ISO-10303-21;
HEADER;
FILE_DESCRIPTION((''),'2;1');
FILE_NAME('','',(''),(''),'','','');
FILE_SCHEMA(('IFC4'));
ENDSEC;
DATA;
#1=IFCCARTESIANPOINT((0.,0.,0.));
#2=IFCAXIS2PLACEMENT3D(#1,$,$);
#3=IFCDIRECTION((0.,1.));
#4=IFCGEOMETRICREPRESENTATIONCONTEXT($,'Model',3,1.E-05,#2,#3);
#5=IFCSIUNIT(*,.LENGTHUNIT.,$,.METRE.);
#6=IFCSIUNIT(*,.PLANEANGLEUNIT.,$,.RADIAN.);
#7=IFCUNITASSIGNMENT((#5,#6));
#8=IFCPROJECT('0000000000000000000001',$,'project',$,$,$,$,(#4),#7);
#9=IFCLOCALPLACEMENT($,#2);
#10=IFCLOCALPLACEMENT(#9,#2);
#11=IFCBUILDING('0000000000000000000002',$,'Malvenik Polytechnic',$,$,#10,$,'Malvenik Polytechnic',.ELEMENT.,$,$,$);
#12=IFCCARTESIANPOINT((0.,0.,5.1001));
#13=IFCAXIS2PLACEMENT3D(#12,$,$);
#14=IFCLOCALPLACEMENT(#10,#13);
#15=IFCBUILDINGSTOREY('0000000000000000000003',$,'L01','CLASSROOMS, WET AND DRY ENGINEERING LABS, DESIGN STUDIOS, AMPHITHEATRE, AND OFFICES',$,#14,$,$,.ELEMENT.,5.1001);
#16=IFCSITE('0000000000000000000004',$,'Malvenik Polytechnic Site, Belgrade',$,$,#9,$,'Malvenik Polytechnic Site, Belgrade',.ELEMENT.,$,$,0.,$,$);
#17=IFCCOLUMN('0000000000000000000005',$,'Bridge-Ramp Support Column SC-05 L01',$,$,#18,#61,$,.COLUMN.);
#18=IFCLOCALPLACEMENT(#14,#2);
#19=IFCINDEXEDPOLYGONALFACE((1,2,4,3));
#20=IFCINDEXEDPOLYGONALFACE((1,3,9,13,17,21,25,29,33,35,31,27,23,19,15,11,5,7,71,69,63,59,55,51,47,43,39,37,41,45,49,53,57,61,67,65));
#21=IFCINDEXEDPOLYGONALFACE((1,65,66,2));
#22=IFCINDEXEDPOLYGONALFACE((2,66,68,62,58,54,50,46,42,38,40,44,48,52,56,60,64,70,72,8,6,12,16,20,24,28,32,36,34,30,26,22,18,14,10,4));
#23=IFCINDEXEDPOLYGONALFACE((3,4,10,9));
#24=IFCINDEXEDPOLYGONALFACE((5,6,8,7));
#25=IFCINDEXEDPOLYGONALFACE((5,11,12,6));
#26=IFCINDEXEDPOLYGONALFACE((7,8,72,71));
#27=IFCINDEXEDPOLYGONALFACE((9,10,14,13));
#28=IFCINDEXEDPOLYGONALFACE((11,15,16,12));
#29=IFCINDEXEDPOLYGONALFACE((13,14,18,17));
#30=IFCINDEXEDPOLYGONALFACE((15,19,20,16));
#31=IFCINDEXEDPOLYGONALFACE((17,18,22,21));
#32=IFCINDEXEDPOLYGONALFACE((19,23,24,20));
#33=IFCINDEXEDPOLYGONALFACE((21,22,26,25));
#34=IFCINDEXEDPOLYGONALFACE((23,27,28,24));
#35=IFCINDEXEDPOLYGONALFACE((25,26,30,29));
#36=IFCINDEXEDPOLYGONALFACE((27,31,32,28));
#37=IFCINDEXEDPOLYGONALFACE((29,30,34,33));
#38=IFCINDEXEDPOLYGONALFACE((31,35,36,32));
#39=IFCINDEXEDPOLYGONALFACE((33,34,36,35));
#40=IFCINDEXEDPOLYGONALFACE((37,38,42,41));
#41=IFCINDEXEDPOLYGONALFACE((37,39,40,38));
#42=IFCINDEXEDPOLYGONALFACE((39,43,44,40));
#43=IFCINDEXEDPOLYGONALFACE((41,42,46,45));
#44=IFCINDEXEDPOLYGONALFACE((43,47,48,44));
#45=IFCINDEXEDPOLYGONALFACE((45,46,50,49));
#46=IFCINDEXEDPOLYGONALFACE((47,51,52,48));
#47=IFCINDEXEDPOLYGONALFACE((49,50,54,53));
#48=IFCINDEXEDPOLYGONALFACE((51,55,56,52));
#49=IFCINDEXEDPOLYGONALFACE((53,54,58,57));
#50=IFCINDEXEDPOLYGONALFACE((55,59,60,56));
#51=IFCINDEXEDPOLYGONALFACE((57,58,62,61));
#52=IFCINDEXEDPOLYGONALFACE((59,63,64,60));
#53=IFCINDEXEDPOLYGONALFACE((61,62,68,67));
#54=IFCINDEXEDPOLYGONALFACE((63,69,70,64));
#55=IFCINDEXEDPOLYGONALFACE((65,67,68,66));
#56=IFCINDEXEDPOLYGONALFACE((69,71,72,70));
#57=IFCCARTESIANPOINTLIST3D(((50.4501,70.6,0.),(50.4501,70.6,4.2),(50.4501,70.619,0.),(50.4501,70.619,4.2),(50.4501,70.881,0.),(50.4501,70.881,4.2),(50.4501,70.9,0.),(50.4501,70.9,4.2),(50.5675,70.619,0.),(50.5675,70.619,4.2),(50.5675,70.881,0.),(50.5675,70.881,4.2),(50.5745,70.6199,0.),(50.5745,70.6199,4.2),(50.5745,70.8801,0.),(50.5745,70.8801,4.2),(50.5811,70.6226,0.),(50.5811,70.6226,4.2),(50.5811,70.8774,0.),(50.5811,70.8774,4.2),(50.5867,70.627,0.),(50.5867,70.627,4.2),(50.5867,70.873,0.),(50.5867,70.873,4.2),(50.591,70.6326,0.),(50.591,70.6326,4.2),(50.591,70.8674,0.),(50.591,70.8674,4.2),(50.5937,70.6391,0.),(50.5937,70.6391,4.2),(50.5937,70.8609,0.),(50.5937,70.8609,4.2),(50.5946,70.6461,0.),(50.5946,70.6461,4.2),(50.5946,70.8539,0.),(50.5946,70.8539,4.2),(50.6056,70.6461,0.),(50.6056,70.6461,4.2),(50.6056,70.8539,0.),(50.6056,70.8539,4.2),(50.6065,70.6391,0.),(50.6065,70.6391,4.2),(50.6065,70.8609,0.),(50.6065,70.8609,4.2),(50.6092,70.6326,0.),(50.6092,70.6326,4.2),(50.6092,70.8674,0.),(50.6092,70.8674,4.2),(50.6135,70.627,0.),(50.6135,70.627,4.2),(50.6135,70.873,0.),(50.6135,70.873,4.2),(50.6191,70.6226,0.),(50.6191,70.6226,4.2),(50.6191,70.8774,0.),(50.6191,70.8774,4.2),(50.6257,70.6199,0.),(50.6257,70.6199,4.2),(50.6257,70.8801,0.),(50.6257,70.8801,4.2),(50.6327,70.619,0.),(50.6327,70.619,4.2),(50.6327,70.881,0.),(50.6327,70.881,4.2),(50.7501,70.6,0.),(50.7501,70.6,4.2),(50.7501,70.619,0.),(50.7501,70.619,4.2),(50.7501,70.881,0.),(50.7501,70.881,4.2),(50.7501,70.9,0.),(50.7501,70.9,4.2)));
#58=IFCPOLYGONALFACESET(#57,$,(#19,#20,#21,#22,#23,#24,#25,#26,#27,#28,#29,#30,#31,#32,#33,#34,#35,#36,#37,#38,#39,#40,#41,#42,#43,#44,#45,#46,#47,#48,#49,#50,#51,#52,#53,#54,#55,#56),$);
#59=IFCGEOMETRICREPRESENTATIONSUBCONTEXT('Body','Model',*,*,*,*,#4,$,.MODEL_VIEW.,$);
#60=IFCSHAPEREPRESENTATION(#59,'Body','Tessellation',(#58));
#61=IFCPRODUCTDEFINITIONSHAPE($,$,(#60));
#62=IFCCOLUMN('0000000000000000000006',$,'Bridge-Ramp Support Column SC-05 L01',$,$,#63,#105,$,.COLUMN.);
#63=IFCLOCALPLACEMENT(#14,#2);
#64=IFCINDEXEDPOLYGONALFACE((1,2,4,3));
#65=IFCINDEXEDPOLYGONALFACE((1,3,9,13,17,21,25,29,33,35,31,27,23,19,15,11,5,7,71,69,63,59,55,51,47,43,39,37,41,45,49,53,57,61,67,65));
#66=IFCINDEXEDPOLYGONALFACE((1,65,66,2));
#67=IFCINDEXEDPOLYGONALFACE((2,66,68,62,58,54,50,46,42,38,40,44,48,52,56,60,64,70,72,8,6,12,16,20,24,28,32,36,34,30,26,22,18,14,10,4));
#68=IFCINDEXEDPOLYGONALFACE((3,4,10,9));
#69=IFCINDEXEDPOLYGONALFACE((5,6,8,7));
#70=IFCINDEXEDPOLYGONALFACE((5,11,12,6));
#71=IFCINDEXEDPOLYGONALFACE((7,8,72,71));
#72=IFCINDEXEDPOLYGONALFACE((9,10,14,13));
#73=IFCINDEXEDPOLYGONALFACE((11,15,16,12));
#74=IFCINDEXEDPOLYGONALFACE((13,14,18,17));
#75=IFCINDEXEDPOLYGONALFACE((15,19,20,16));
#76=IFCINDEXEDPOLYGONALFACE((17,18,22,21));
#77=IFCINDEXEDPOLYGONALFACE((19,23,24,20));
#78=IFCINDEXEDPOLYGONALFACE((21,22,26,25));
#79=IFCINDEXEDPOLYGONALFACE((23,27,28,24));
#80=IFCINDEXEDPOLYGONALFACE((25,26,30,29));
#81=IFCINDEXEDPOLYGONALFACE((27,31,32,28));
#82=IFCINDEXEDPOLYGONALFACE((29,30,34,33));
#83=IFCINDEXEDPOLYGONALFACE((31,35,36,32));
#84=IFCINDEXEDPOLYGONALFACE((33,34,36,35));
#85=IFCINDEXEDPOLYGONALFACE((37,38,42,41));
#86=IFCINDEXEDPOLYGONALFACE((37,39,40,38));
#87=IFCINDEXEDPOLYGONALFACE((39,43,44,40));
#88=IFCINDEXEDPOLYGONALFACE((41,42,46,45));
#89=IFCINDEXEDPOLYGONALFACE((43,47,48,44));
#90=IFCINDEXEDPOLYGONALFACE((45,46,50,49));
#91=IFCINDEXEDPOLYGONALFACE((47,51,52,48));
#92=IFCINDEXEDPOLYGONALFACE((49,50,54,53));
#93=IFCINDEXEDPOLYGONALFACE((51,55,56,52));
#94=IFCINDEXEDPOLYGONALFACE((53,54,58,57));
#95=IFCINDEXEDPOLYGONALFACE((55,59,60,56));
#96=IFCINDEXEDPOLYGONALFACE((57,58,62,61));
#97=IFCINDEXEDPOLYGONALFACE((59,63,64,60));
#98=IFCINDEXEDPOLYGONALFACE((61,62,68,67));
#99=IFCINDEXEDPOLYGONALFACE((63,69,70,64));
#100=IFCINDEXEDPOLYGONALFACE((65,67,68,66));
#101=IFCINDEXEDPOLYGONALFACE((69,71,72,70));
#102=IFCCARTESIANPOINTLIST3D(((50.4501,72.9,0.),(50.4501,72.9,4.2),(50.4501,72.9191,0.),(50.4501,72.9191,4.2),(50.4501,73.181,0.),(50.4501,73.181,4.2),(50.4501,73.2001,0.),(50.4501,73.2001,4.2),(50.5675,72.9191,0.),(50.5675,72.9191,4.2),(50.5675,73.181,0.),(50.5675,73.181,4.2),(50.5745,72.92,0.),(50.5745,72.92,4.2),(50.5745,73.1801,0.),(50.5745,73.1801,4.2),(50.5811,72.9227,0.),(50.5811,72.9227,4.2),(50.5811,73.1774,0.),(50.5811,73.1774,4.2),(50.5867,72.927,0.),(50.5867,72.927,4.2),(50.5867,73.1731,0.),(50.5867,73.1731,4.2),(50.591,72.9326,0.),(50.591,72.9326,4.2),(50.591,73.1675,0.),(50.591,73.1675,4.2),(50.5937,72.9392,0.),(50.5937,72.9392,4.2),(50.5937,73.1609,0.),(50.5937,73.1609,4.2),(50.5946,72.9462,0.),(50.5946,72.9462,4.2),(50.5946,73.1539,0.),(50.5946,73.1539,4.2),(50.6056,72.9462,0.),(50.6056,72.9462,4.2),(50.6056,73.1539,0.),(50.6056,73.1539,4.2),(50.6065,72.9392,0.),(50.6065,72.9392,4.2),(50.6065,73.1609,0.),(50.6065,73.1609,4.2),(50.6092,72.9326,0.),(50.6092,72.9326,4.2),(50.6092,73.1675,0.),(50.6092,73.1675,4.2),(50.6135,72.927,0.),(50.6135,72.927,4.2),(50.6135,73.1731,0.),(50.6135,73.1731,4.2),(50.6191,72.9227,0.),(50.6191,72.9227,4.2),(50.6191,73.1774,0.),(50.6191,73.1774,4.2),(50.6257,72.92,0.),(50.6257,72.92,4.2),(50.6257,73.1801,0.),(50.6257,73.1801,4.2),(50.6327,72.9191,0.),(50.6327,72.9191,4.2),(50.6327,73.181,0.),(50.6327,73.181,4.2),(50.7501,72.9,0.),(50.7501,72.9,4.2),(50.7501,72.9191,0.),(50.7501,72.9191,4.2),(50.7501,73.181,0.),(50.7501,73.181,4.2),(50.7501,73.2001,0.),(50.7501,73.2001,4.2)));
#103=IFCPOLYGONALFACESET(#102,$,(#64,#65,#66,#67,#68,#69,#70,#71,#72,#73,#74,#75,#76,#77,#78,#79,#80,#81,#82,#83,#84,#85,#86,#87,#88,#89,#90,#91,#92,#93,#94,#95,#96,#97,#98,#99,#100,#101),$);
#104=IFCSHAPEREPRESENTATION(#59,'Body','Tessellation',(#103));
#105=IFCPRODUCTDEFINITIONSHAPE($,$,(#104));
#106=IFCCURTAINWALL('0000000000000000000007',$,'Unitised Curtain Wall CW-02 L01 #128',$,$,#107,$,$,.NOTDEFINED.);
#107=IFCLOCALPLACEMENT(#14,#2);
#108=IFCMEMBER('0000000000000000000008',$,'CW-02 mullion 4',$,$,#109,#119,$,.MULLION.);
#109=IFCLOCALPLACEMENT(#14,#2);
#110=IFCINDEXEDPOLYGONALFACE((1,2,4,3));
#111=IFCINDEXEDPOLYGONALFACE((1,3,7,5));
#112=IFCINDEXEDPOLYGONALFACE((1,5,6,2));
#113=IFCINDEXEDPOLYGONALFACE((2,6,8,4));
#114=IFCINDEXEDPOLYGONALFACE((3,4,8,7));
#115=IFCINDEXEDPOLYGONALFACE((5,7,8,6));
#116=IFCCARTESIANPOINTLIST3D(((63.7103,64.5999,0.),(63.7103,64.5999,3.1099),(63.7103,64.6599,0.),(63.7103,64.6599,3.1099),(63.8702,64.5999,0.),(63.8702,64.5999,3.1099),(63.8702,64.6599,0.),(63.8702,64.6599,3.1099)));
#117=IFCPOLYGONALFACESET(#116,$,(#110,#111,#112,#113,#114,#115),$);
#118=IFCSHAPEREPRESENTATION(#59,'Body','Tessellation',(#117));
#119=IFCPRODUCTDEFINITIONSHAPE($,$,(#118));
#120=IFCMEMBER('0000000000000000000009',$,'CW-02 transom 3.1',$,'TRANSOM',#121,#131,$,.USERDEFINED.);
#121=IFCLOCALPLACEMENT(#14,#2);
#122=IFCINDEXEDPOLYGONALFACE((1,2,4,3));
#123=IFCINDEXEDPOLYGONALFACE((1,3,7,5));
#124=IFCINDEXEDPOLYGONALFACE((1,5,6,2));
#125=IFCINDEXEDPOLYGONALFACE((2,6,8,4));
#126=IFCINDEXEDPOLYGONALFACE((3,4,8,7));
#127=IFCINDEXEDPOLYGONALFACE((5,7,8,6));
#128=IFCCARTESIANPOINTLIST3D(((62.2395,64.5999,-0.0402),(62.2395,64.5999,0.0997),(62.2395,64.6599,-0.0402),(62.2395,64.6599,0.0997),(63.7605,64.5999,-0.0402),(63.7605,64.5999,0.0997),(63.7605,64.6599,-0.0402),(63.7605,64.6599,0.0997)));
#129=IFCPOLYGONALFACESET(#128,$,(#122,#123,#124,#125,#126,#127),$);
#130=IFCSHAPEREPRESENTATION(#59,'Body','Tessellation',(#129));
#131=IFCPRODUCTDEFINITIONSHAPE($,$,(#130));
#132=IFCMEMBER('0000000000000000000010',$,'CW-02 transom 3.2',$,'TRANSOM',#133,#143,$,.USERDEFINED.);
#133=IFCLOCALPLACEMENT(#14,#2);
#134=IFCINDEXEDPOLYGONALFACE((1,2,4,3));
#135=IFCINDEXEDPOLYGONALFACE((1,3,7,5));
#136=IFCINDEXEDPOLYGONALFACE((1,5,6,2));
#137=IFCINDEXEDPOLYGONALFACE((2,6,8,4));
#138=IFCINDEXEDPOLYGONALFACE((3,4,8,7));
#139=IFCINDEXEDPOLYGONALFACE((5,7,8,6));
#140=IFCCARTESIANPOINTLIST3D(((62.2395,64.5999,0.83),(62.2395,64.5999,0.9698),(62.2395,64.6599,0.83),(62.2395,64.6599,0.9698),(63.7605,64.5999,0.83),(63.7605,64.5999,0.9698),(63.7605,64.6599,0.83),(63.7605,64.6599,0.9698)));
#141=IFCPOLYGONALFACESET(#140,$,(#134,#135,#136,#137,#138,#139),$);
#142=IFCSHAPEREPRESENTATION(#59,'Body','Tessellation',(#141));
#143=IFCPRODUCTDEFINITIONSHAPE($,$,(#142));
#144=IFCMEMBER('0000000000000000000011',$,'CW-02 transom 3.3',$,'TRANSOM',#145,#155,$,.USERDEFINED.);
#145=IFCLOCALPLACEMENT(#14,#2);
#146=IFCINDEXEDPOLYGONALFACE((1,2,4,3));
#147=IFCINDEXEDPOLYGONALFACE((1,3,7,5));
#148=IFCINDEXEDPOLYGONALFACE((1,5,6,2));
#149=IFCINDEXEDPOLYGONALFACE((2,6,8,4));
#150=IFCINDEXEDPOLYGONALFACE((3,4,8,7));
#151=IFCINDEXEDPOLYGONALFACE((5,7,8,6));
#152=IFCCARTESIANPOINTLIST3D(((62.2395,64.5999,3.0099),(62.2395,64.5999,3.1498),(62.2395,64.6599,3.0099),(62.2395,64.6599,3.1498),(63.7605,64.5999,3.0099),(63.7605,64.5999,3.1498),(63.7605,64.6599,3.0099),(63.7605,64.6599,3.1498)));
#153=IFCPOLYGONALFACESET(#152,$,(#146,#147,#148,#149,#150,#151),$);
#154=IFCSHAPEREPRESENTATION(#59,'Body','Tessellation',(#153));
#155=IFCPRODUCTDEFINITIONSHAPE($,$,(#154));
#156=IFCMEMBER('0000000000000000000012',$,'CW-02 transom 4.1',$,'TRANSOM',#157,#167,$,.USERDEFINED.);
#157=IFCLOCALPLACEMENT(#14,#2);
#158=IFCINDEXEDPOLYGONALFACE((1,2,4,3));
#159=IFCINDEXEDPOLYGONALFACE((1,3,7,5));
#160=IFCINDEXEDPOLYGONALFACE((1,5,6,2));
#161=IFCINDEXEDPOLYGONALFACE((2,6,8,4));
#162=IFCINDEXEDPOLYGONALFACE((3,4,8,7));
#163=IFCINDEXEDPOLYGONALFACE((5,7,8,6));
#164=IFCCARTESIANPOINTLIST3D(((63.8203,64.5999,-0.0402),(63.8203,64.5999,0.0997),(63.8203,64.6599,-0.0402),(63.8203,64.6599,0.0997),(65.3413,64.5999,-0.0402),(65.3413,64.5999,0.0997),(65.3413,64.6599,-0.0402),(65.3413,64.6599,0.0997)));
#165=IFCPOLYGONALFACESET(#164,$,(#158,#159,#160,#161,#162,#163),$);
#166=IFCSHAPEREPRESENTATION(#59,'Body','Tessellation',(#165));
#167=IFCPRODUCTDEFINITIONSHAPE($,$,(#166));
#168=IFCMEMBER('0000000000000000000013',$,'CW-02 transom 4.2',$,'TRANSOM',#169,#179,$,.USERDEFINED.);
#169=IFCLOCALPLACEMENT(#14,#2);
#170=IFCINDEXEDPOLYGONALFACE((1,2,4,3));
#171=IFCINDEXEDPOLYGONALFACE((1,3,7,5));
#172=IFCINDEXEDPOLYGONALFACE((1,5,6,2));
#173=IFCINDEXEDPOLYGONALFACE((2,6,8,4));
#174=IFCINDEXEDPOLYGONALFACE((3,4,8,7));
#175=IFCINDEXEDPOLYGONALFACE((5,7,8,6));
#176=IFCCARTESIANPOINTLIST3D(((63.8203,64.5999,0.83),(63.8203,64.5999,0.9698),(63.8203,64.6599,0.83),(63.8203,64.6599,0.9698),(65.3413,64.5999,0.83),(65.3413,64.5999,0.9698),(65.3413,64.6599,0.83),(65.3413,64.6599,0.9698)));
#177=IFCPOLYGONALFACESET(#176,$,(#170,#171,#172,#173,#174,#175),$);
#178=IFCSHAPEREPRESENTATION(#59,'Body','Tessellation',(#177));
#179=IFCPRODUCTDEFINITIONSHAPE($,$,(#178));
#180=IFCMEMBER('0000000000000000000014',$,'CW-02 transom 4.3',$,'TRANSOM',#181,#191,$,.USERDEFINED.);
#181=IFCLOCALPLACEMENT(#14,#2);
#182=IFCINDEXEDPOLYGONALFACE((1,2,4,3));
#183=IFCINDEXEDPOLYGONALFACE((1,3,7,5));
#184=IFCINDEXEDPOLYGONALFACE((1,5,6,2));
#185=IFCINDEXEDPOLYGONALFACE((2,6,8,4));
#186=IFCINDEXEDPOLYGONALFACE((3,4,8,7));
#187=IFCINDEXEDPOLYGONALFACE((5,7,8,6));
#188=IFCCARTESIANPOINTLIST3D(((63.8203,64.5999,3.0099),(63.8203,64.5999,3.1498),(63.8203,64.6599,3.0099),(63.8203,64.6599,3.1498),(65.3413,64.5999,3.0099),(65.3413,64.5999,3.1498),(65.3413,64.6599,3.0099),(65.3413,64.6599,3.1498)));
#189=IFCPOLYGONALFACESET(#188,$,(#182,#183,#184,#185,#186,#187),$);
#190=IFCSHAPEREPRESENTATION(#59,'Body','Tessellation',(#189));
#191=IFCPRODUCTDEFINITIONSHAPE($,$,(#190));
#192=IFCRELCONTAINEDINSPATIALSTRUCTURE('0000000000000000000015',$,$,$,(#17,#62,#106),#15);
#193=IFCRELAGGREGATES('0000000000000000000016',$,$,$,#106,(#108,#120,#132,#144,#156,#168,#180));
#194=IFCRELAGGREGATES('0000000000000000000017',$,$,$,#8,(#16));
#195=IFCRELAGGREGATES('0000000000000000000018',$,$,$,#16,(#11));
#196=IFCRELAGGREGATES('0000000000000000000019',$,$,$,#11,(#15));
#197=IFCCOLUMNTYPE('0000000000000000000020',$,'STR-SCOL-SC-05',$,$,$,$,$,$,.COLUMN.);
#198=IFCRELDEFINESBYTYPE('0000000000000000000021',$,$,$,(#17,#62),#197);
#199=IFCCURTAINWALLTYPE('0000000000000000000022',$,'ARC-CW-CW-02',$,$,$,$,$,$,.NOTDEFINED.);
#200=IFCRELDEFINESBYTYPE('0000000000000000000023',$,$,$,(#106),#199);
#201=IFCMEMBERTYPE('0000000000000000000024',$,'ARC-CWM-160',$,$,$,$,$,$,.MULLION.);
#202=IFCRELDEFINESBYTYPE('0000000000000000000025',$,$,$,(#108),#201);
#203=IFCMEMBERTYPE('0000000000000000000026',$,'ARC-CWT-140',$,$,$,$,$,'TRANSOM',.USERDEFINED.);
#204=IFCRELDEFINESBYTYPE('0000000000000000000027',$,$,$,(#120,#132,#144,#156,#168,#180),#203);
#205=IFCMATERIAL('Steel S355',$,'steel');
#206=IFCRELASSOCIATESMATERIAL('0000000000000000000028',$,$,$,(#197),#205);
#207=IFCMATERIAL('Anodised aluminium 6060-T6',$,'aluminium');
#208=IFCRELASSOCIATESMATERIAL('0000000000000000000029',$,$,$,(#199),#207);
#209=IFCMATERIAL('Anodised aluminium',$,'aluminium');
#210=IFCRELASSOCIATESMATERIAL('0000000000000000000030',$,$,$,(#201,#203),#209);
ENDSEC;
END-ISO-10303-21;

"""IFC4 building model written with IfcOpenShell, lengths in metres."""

from ifc_helpers import new_model, si_unit, direction, frame, origin, origin_2d, place, context, subcontext, project, spatial, rectangle, i_section, extrude, material, material_profile, profile_set, type_object, element, aggregate, save


model = new_model("IFC4")

# Units and contexts
model_context = context("Model", 3, precision=1e-05, world=origin(), true_north=direction((0.0, 1.0)))
body_context = subcontext(model_context, "Body", "Model", "MODEL_VIEW")
ifc_project = project(units=[si_unit("LENGTHUNIT", "METRE"), si_unit("PLANEANGLEUNIT", "RADIAN")], contexts=[model_context])

# Site, building, storey
site_placement = place(None, origin())
site = spatial("IfcSite", under=ifc_project, at=site_placement, Name="Malvenik Polytechnic Site, Belgrade", LongName="Malvenik Polytechnic Site, Belgrade", CompositionType="ELEMENT", RefElevation=0.0)
building_placement = place(site_placement, origin())
building = spatial("IfcBuilding", under=site, at=building_placement, Name="Malvenik Polytechnic", LongName="Malvenik Polytechnic", CompositionType="ELEMENT")
storey_placement = place(building_placement, frame((0.0, 0.0, 5.1001)))
storey = spatial("IfcBuildingStorey", under=building, at=storey_placement, Name="L01", Description="CLASSROOMS, WET AND DRY ENGINEERING LABS, DESIGN STUDIOS, AMPHITHEATRE, AND OFFICES", CompositionType="ELEMENT", Elevation=5.1001)

# Columns
ifc_material_1 = material(Name="Steel S355", Category="steel")
ifc_material_profile_1 = material_profile(ifc_material_1, i_section(OverallWidth=0.3, OverallDepth=0.3, WebThickness=0.011, FlangeThickness=0.019, FilletRadius=0.0271, at=origin_2d()), Name="HEB 300")
ifc_profile_set_1 = profile_set([ifc_material_profile_1], Name="Steel S355")
column_type_1 = type_object("IfcColumnType", Name="STR-SCOL-SC-05", PredefinedType="COLUMN", material=ifc_profile_set_1)
for number, where, z_axis, x_axis, name in (
    (1, (50.6001, 70.75, 0.0), (0.0, 0.0, 1.0), (1.0, 0.0, 0.0), "Bridge-Ramp Support Column SC-05 L01"),
    (2, (50.6001, 73.05, 0.0), (0.0, 0.0, 1.0), (1.0, 0.0, 0.0), "Bridge-Ramp Support Column SC-05 L01"),
):
    element("IfcColumn", number, at=place(storey_placement, frame(where, z_axis=z_axis, x_axis=x_axis)), inside=storey, type_object=column_type_1, Name=name, PredefinedType="COLUMN", context=body_context, shape_type="SweptSolid", body=[
        extrude(i_section(OverallWidth=0.3, OverallDepth=0.3, WebThickness=0.011, FlangeThickness=0.019, FilletRadius=0.0271, at=origin_2d()), origin(), (0.0, 0.0, 1.0), 4.2),
    ])

# Curtain wall, members
ifc_material_2 = material(Name="Anodised aluminium 6060-T6", Category="aluminium")
curtain_wall_type = type_object("IfcCurtainWallType", Name="ARC-CW-CW-02", PredefinedType="NOTDEFINED", material=ifc_material_2)
curtain_wall_placement = place(storey_placement, origin())
curtain_wall = element("IfcCurtainWall", 3, at=curtain_wall_placement, inside=storey, type_object=curtain_wall_type, Name="Unitised Curtain Wall CW-02 L01 #128", PredefinedType="NOTDEFINED")
ifc_material_3 = material(Name="Anodised aluminium", Category="aluminium")
ifc_material_profile_2 = material_profile(ifc_material_3, rectangle(XDim=0.0601, YDim=0.1599, at=origin_2d()), Name="ALU MULLION 60x160")
ifc_profile_set_2 = profile_set([ifc_material_profile_2], Name="Anodised aluminium")
member_type_1 = type_object("IfcMemberType", Name="ARC-CWM-160", PredefinedType="MULLION", material=ifc_profile_set_2)
member_1_placement = place(storey_placement, frame((63.7903, 64.6299, 0.0), z_axis=(0.0, 0.0, 1.0), x_axis=(0.0, 1.0, 0.0)))
member_1 = element("IfcMember", 4, at=member_1_placement, type_object=member_type_1, Name="CW-02 mullion 4", PredefinedType="MULLION", context=body_context, shape_type="SweptSolid", body=[
    extrude(rectangle(XDim=0.0601, YDim=0.1599, at=origin_2d()), origin(), (0.0, 0.0, 1.0), 3.1099),
])
ifc_material_profile_3 = material_profile(ifc_material_3, rectangle(XDim=0.0601, YDim=0.1399, at=origin_2d()), Name="ALU TRANSOM 60x140")
ifc_profile_set_3 = profile_set([ifc_material_profile_3], Name="Anodised aluminium")
member_type_2 = type_object("IfcMemberType", Name="ARC-CWT-140", ElementType="TRANSOM", PredefinedType="USERDEFINED", material=ifc_profile_set_3)
member_2_placement = place(storey_placement, frame((62.2395, 64.6299, 0.0298), z_axis=(1.0, 0.0, 0.0), x_axis=(0.0, 1.0, 0.0)))
member_2 = element("IfcMember", 5, at=member_2_placement, type_object=member_type_2, Name="CW-02 transom 3.1", ObjectType="TRANSOM", PredefinedType="USERDEFINED", context=body_context, shape_type="SweptSolid", body=[
    extrude(rectangle(XDim=0.0601, YDim=0.1399, at=origin_2d()), origin(), (0.0, 0.0, 1.0), 1.521),
])
member_3_placement = place(storey_placement, frame((62.2395, 64.6299, 0.8999), z_axis=(1.0, 0.0, 0.0), x_axis=(0.0, 1.0, 0.0)))
member_3 = element("IfcMember", 6, at=member_3_placement, type_object=member_type_2, Name="CW-02 transom 3.2", ObjectType="TRANSOM", PredefinedType="USERDEFINED", context=body_context, shape_type="SweptSolid", body=[
    extrude(rectangle(XDim=0.0601, YDim=0.1399, at=origin_2d()), origin(), (0.0, 0.0, 1.0), 1.521),
])
member_4_placement = place(storey_placement, frame((62.2395, 64.6299, 3.0798), z_axis=(1.0, 0.0, 0.0), x_axis=(0.0, 1.0, 0.0)))
member_4 = element("IfcMember", 7, at=member_4_placement, type_object=member_type_2, Name="CW-02 transom 3.3", ObjectType="TRANSOM", PredefinedType="USERDEFINED", context=body_context, shape_type="SweptSolid", body=[
    extrude(rectangle(XDim=0.0601, YDim=0.1399, at=origin_2d()), origin(), (0.0, 0.0, 1.0), 1.521),
])
member_5_placement = place(storey_placement, frame((63.8203, 64.6299, 0.0298), z_axis=(1.0, 0.0, 0.0), x_axis=(0.0, 1.0, 0.0)))
member_5 = element("IfcMember", 8, at=member_5_placement, type_object=member_type_2, Name="CW-02 transom 4.1", ObjectType="TRANSOM", PredefinedType="USERDEFINED", context=body_context, shape_type="SweptSolid", body=[
    extrude(rectangle(XDim=0.0601, YDim=0.1399, at=origin_2d()), origin(), (0.0, 0.0, 1.0), 1.521),
])
member_6_placement = place(storey_placement, frame((63.8203, 64.6299, 0.8999), z_axis=(1.0, 0.0, 0.0), x_axis=(0.0, 1.0, 0.0)))
member_6 = element("IfcMember", 9, at=member_6_placement, type_object=member_type_2, Name="CW-02 transom 4.2", ObjectType="TRANSOM", PredefinedType="USERDEFINED", context=body_context, shape_type="SweptSolid", body=[
    extrude(rectangle(XDim=0.0601, YDim=0.1399, at=origin_2d()), origin(), (0.0, 0.0, 1.0), 1.521),
])
member_7_placement = place(storey_placement, frame((63.8203, 64.6299, 3.0798), z_axis=(1.0, 0.0, 0.0), x_axis=(0.0, 1.0, 0.0)))
member_7 = element("IfcMember", 10, at=member_7_placement, type_object=member_type_2, Name="CW-02 transom 4.3", ObjectType="TRANSOM", PredefinedType="USERDEFINED", context=body_context, shape_type="SweptSolid", body=[
    extrude(rectangle(XDim=0.0601, YDim=0.1399, at=origin_2d()), origin(), (0.0, 0.0, 1.0), 1.521),
])

aggregate(curtain_wall, [member_1, member_2, member_3, member_4, member_5, member_6, member_7])

save(model, "model.ifc")
